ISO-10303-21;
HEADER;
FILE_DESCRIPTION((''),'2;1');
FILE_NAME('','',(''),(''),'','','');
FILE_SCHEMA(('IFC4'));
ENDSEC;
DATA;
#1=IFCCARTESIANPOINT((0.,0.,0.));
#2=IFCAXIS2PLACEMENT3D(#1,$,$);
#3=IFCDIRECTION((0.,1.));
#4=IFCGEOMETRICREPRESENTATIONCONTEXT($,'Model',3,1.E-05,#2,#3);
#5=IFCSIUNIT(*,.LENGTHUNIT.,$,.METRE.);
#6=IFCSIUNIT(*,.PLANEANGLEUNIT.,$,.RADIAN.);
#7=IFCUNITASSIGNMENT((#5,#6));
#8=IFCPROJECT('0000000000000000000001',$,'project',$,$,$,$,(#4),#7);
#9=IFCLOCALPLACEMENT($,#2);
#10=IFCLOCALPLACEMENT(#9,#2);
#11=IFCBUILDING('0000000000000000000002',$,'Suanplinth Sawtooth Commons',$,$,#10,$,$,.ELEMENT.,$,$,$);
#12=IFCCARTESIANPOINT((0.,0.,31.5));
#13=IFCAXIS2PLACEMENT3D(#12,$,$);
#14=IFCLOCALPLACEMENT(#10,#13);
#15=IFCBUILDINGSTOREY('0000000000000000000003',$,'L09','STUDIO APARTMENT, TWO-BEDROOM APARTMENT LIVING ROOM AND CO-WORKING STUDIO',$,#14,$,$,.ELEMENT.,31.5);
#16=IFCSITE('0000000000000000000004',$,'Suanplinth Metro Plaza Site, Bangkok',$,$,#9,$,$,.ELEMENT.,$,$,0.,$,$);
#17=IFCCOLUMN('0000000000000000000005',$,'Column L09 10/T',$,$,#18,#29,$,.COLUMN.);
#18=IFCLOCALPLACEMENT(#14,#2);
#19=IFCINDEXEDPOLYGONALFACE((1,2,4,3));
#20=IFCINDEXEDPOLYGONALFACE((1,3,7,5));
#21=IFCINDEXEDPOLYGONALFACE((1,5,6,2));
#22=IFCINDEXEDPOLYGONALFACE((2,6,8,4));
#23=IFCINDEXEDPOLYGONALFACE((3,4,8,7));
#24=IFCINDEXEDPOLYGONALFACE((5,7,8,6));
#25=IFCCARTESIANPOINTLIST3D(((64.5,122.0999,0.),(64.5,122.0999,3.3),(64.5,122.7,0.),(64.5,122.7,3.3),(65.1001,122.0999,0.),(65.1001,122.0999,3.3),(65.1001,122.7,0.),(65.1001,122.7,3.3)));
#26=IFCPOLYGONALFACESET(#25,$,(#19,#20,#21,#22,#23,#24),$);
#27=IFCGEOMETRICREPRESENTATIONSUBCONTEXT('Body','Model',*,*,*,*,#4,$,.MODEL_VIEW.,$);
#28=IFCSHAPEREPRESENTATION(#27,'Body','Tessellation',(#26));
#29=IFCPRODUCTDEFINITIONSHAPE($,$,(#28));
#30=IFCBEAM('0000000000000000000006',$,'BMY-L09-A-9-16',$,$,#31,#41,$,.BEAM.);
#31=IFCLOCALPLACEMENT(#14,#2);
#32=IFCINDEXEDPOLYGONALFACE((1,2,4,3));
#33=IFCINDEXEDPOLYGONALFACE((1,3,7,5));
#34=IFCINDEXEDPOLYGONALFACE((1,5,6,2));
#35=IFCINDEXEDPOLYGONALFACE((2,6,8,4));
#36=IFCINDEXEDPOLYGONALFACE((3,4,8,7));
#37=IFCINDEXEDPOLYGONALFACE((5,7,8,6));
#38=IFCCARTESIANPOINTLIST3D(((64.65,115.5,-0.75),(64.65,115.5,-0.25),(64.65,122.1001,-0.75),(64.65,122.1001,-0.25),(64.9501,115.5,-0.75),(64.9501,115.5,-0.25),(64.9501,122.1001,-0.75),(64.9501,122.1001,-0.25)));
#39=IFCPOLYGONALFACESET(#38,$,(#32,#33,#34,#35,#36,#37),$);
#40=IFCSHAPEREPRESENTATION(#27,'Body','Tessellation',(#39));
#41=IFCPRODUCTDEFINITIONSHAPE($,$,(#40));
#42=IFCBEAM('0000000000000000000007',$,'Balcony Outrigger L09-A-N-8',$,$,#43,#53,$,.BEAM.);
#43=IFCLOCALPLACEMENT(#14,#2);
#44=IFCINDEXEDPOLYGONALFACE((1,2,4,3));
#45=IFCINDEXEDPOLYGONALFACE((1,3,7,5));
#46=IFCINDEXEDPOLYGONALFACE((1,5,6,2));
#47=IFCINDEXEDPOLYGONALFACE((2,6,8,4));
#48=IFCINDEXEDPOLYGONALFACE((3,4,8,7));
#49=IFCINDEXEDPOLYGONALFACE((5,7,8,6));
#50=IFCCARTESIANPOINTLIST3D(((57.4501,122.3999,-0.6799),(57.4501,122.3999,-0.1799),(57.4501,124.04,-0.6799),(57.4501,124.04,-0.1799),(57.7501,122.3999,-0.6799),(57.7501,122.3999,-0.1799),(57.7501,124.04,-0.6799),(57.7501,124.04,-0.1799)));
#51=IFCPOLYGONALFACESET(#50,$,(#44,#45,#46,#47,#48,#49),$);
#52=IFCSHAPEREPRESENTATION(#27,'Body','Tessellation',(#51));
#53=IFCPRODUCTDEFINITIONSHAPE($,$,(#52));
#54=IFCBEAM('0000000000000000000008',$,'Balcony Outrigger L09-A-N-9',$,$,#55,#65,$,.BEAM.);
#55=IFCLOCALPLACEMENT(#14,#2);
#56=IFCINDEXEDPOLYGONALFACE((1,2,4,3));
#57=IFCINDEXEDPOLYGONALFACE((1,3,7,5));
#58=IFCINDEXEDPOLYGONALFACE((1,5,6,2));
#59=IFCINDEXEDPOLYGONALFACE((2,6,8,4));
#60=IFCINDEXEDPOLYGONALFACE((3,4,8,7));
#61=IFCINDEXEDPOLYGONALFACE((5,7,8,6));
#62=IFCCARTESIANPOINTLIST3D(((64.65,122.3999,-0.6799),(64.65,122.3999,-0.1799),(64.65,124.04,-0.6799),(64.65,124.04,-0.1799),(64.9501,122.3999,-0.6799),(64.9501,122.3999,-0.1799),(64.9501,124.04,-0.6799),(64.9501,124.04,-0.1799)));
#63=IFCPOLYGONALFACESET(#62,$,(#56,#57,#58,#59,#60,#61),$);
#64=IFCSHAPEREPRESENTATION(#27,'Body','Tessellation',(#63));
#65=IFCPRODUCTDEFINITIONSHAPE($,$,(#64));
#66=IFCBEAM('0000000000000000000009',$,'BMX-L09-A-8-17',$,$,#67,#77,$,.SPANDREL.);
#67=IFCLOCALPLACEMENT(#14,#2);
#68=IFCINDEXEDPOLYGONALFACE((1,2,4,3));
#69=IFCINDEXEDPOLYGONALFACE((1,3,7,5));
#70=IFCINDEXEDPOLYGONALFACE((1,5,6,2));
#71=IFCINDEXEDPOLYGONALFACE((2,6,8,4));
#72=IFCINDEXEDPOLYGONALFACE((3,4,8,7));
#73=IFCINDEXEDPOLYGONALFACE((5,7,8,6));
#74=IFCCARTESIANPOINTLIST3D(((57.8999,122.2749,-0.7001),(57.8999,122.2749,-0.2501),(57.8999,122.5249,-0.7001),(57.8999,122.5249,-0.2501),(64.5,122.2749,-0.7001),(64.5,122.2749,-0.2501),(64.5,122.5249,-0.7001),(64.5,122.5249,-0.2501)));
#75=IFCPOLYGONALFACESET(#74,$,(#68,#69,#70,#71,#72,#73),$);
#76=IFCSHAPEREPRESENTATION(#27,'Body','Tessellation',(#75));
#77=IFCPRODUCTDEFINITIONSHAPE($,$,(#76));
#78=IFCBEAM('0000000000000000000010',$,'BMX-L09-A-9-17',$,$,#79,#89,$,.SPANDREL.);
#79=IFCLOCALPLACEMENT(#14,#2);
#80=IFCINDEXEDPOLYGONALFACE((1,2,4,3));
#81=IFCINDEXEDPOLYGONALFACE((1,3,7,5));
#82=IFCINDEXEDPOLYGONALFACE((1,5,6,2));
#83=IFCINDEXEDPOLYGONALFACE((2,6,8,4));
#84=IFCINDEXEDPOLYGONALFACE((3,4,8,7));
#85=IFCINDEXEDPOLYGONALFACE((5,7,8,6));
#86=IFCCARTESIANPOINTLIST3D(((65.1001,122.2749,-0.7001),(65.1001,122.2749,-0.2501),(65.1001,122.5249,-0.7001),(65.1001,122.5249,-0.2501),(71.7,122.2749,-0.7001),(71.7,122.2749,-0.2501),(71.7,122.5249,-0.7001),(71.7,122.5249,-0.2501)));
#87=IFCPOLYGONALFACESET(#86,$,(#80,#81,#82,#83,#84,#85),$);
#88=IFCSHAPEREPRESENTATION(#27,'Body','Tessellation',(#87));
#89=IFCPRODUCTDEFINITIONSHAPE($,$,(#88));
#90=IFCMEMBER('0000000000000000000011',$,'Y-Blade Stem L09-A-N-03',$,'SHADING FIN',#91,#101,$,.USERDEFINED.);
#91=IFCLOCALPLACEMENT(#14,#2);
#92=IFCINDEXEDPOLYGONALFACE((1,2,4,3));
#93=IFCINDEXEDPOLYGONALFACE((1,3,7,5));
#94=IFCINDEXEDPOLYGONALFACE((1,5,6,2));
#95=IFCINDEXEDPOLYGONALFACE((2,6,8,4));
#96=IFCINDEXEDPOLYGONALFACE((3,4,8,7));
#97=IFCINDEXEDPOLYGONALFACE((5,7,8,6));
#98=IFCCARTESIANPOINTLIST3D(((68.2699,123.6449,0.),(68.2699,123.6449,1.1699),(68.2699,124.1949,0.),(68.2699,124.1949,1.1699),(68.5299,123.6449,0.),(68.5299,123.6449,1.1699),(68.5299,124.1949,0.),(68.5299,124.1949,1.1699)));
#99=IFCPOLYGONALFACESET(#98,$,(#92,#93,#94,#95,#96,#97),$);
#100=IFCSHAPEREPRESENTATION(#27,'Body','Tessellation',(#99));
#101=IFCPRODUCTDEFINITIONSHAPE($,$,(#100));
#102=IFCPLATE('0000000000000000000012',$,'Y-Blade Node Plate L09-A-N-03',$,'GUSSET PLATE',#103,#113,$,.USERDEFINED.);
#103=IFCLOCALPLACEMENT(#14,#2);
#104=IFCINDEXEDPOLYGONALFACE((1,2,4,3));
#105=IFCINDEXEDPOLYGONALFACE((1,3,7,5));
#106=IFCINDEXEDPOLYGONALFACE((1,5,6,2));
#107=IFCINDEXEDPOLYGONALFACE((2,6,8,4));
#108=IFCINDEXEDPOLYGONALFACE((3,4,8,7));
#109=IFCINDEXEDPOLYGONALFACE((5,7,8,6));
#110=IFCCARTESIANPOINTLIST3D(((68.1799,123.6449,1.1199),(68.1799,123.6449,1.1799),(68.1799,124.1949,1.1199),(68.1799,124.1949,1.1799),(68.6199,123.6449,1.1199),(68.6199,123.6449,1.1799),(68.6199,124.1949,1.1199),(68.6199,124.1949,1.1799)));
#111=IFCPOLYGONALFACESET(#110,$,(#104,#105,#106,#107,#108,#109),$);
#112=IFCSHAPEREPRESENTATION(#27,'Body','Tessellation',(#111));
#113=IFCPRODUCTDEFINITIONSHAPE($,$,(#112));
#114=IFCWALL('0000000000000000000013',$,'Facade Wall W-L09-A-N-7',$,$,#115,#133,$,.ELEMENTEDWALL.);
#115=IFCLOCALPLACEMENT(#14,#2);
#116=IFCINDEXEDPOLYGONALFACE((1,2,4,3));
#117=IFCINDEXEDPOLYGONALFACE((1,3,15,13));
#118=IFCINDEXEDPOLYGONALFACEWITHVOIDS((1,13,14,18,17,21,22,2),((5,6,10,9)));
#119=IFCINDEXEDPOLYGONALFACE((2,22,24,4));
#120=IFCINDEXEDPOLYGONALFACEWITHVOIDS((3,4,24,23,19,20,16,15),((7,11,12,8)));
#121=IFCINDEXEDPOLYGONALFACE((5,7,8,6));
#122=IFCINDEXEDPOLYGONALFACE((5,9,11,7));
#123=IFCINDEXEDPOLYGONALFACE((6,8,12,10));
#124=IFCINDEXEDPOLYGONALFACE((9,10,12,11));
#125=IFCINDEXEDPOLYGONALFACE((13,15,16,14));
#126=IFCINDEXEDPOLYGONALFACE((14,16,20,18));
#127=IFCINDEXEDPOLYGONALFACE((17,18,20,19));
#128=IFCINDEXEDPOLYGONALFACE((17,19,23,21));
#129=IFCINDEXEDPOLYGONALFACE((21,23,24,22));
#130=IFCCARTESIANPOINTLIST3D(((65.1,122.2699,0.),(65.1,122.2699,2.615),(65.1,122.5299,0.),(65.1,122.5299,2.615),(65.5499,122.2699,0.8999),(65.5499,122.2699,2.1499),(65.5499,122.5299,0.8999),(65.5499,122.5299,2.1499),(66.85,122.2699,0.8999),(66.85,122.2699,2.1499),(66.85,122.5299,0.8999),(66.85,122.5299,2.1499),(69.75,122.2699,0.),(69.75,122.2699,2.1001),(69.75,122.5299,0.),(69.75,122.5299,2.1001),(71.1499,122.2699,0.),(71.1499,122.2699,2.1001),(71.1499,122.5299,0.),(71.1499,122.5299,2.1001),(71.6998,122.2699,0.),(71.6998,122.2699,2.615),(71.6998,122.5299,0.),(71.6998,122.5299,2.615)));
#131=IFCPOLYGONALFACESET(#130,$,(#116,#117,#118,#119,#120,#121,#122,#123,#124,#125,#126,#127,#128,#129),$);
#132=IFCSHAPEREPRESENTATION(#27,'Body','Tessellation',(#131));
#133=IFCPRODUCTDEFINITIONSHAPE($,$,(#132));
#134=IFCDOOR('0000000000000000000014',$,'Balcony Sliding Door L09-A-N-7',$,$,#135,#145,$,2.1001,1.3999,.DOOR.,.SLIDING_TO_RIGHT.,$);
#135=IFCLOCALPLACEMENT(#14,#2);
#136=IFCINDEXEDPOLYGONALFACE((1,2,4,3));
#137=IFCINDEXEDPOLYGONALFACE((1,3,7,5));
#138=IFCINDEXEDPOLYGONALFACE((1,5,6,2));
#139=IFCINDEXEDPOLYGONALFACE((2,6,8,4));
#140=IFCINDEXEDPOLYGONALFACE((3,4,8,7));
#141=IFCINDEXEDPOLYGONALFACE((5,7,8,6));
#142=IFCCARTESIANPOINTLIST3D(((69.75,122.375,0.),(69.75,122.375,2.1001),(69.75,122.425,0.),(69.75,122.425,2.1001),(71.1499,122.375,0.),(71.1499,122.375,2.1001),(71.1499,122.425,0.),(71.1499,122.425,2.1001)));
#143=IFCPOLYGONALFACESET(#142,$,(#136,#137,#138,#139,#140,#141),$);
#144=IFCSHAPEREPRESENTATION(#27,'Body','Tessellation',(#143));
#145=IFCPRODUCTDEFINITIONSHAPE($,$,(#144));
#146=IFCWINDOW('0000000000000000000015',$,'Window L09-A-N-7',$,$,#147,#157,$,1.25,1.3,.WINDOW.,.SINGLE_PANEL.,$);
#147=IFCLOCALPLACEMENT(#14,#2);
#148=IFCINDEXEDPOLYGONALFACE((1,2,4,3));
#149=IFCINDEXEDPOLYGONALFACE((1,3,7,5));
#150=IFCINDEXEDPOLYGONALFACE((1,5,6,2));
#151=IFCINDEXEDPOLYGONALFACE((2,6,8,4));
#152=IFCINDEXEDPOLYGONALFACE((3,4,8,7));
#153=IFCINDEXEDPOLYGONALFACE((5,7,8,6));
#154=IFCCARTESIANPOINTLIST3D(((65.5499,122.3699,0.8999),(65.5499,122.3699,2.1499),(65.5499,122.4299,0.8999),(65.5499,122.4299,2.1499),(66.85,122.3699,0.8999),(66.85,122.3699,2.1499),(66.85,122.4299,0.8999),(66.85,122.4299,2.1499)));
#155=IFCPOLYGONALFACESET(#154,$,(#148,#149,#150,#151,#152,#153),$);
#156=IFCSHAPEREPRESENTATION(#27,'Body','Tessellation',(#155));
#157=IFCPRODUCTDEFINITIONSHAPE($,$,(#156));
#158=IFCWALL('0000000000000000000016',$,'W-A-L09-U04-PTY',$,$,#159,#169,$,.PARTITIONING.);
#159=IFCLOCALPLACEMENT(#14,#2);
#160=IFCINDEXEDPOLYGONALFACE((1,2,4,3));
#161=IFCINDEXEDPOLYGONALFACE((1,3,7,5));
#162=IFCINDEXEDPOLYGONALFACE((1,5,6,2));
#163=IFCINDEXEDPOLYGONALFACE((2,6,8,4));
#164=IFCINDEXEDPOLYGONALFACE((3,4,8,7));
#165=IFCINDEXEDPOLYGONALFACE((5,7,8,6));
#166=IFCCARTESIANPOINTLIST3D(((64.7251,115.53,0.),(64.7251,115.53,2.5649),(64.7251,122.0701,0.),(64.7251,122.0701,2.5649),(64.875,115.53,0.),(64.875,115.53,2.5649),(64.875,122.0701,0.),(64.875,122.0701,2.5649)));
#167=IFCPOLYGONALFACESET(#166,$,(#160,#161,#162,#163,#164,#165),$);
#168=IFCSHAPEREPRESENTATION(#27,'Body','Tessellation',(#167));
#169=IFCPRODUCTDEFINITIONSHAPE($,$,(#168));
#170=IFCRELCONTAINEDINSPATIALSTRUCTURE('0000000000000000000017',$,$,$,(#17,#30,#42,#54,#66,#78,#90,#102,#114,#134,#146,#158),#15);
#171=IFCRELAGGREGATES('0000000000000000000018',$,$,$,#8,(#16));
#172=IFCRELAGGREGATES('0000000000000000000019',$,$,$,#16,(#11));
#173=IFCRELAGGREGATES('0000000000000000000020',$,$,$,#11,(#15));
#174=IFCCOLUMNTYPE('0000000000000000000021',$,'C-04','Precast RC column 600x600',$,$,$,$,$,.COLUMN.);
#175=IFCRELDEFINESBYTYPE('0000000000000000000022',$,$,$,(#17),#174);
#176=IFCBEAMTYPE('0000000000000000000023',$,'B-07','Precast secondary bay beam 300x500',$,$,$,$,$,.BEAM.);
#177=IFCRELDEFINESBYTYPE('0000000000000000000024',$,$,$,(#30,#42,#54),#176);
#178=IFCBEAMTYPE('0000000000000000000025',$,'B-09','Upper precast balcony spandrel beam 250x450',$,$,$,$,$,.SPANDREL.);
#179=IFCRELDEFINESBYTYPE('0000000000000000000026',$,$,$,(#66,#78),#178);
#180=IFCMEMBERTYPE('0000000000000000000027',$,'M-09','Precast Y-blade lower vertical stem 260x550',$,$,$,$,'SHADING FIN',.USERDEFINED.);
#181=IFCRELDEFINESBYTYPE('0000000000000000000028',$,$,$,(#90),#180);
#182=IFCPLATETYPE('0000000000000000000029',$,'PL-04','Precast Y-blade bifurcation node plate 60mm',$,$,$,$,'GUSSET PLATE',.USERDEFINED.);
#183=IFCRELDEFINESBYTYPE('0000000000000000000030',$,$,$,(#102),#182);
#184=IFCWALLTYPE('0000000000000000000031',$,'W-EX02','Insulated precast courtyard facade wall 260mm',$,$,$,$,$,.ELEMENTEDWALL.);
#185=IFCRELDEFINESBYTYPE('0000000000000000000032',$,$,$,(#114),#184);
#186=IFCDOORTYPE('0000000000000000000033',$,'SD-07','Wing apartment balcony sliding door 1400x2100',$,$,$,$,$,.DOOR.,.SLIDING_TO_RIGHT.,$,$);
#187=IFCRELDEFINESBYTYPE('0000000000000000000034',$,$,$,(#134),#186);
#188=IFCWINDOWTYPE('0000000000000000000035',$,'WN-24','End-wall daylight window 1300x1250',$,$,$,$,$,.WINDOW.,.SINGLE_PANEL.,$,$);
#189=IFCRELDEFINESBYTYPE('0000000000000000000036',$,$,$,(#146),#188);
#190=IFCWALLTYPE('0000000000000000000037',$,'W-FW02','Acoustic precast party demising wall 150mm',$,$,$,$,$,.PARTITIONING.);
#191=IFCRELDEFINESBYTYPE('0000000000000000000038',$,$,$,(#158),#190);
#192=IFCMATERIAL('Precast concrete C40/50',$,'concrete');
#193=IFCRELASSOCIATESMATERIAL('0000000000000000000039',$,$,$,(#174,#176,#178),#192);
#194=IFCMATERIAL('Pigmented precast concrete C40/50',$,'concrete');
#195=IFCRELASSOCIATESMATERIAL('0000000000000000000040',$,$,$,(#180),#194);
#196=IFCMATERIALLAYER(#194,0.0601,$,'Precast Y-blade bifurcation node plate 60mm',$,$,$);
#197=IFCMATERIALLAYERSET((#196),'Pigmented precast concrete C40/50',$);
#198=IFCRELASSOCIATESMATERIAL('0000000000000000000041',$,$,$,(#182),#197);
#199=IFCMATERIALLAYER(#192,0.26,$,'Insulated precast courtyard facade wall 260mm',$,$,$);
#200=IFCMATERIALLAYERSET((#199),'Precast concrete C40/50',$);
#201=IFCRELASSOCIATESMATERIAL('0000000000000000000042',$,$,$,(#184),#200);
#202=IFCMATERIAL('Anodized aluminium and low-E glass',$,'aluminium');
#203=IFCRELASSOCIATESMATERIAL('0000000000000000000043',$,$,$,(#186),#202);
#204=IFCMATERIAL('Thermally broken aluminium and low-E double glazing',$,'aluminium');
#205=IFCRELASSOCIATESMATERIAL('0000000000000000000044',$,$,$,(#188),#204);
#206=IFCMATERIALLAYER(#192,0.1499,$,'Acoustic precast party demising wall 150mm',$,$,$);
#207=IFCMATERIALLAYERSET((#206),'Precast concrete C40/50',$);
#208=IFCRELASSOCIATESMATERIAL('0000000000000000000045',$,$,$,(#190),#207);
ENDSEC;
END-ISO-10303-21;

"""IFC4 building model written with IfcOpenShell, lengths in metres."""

from ifc_helpers import new_model, si_unit, direction, frame, frame_2d, origin, origin_2d, place, context, subcontext, project, spatial, rectangle, extrude, material, layer, layer_set, material_profile, profile_set, type_object, element, fill, save


model = new_model("IFC4")

# Units and contexts
model_context = context("Model", 3, precision=1e-05, world=origin(), true_north=direction((0.0, 1.0)))
body_context = subcontext(model_context, "Body", "Model", "MODEL_VIEW")
ifc_project = project(units=[si_unit("LENGTHUNIT", "METRE"), si_unit("PLANEANGLEUNIT", "RADIAN")], contexts=[model_context])

# Site, building, storey
site_placement = place(None, origin())
site = spatial("IfcSite", under=ifc_project, at=site_placement, Name="Suanplinth Metro Plaza Site, Bangkok", CompositionType="ELEMENT", RefElevation=0.0)
building_placement = place(site_placement, origin())
building = spatial("IfcBuilding", under=site, at=building_placement, Name="Suanplinth Sawtooth Commons", CompositionType="ELEMENT")
storey_placement = place(building_placement, frame((0.0, 0.0, 31.5)))
storey = spatial("IfcBuildingStorey", under=building, at=storey_placement, Name="L09", Description="STUDIO APARTMENT, TWO-BEDROOM APARTMENT LIVING ROOM AND CO-WORKING STUDIO", CompositionType="ELEMENT", Elevation=31.5)

# Column
ifc_material_1 = material(Name="Precast concrete C40/50", Category="concrete")
ifc_material_profile_1 = material_profile(ifc_material_1, rectangle(XDim=0.6001, YDim=0.6001, at=origin_2d()), Name="PC-COL 600x600")
ifc_profile_set_1 = profile_set([ifc_material_profile_1], Name="Precast concrete C40/50")
column_type = type_object("IfcColumnType", Name="C-04", Description="Precast RC column 600x600", PredefinedType="COLUMN", material=ifc_profile_set_1)
column_placement = place(storey_placement, frame((64.8, 122.3999, 0.0), z_axis=(0.0, 0.0, 1.0), x_axis=(1.0, 0.0, 0.0)))
element("IfcColumn", 1, at=column_placement, inside=storey, type_object=column_type, Name="Column L09 10/T", PredefinedType="COLUMN", context=body_context, shape_type="SweptSolid", body=[
    extrude(rectangle(XDim=0.6001, YDim=0.6001, at=origin_2d()), origin(), (0.0, 0.0, 1.0), 3.3),
])

# Beams
ifc_material_profile_2 = material_profile(ifc_material_1, rectangle(XDim=0.3, YDim=0.5, at=origin_2d()), Name="PC-BM 300x500")
ifc_profile_set_2 = profile_set([ifc_material_profile_2], Name="Precast concrete C40/50")
beam_type_1 = type_object("IfcBeamType", Name="B-07", Description="Precast secondary bay beam 300x500", PredefinedType="BEAM", material=ifc_profile_set_2)
beam_1_placement = place(storey_placement, frame((64.8, 115.5, -0.5), z_axis=(0.0, 1.0, 0.0), x_axis=(-1.0, 0.0, 0.0)))
element("IfcBeam", 2, at=beam_1_placement, inside=storey, type_object=beam_type_1, Name="BMY-L09-A-9-16", PredefinedType="BEAM", context=body_context, shape_type="SweptSolid", body=[
    extrude(rectangle(XDim=0.3, YDim=0.5, at=origin_2d()), origin(), (0.0, 0.0, 1.0), 6.6001),
])
for number, where, z_axis, x_axis, name in (
    (3, (57.6001, 122.3999, -0.4299), (0.0, 1.0, 0.0), (-1.0, 0.0, 0.0), "Balcony Outrigger L09-A-N-8"),
    (4, (64.8, 122.3999, -0.4299), (0.0, 1.0, 0.0), (-1.0, 0.0, 0.0), "Balcony Outrigger L09-A-N-9"),
):
    element("IfcBeam", number, at=place(storey_placement, frame(where, z_axis=z_axis, x_axis=x_axis)), inside=storey, type_object=beam_type_1, Name=name, PredefinedType="BEAM", context=body_context, shape_type="SweptSolid", body=[
        extrude(rectangle(XDim=0.3, YDim=0.5, at=origin_2d()), origin(), (0.0, 0.0, 1.0), 1.6401),
    ])
ifc_material_profile_3 = material_profile(ifc_material_1, rectangle(XDim=0.25, YDim=0.45, at=origin_2d()), Name="PC-SP 250x450")
ifc_profile_set_3 = profile_set([ifc_material_profile_3], Name="Precast concrete C40/50")
beam_type_2 = type_object("IfcBeamType", Name="B-09", Description="Upper precast balcony spandrel beam 250x450", PredefinedType="SPANDREL", material=ifc_profile_set_3)
beam_2_placement = place(storey_placement, frame((57.8999, 122.3999, -0.4751), z_axis=(1.0, 0.0, 0.0), x_axis=(0.0, 1.0, 0.0)))
element("IfcBeam", 5, at=beam_2_placement, inside=storey, type_object=beam_type_2, Name="BMX-L09-A-8-17", PredefinedType="SPANDREL", context=body_context, shape_type="SweptSolid", body=[
    extrude(rectangle(XDim=0.25, YDim=0.45, at=origin_2d()), origin(), (0.0, 0.0, 1.0), 6.6001),
])
beam_3_placement = place(storey_placement, frame((65.1001, 122.3999, -0.4751), z_axis=(1.0, 0.0, 0.0), x_axis=(0.0, 1.0, 0.0)))
element("IfcBeam", 6, at=beam_3_placement, inside=storey, type_object=beam_type_2, Name="BMX-L09-A-9-17", PredefinedType="SPANDREL", context=body_context, shape_type="SweptSolid", body=[
    extrude(rectangle(XDim=0.25, YDim=0.45, at=origin_2d()), origin(), (0.0, 0.0, 1.0), 6.5999),
])

# Member
ifc_material_2 = material(Name="Pigmented precast concrete C40/50", Category="concrete")
ifc_material_profile_4 = material_profile(ifc_material_2, rectangle(XDim=0.26, YDim=0.55, at=origin_2d()), Name="PC-FIN 260x550")
ifc_profile_set_4 = profile_set([ifc_material_profile_4], Name="Pigmented precast concrete C40/50")
member_type = type_object("IfcMemberType", Name="M-09", Description="Precast Y-blade lower vertical stem 260x550", ElementType="SHADING FIN", PredefinedType="USERDEFINED", material=ifc_profile_set_4)
member_placement = place(storey_placement, frame((68.3999, 123.9199, 0.0), z_axis=(0.0, 0.0, 1.0), x_axis=(1.0, 0.0, 0.0)))
element("IfcMember", 7, at=member_placement, inside=storey, type_object=member_type, Name="Y-Blade Stem L09-A-N-03", ObjectType="SHADING FIN", PredefinedType="USERDEFINED", context=body_context, shape_type="SweptSolid", body=[
    extrude(rectangle(XDim=0.26, YDim=0.55, at=origin_2d()), origin(), (0.0, 0.0, 1.0), 1.1699),
])

# Plate
ifc_layer_1 = layer(ifc_material_2, 0.0601, Name="Precast Y-blade bifurcation node plate 60mm")
ifc_layer_set_1 = layer_set([ifc_layer_1], Name="Pigmented precast concrete C40/50")
plate_type = type_object("IfcPlateType", Name="PL-04", Description="Precast Y-blade bifurcation node plate 60mm", ElementType="GUSSET PLATE", PredefinedType="USERDEFINED", material=ifc_layer_set_1)
plate_placement = place(storey_placement, frame((68.3999, 123.9199, 1.1199), z_axis=(0.0, 0.0, 1.0), x_axis=(1.0, 0.0, 0.0)))
element("IfcPlate", 8, at=plate_placement, inside=storey, type_object=plate_type, Name="Y-Blade Node Plate L09-A-N-03", ObjectType="GUSSET PLATE", PredefinedType="USERDEFINED", context=body_context, shape_type="SweptSolid", body=[
    extrude(rectangle(XDim=0.4399, YDim=0.55, at=origin_2d()), origin(), (0.0, 0.0, 1.0), 0.0601),
])

# Wall, openings, door, window
ifc_layer_2 = layer(ifc_material_1, 0.26, Name="Insulated precast courtyard facade wall 260mm")
ifc_layer_set_2 = layer_set([ifc_layer_2], Name="Precast concrete C40/50")
wall_type_1 = type_object("IfcWallType", Name="W-EX02", Description="Insulated precast courtyard facade wall 260mm", PredefinedType="ELEMENTEDWALL", material=ifc_layer_set_2)
ifc_material_3 = material(Name="Anodized aluminium and low-E glass", Category="aluminium")
ifc_material_4 = material(Name="Thermally broken aluminium and low-E double glazing", Category="aluminium")
wall_1_placement = place(storey_placement, frame((65.1001, 122.3999, 0.0), z_axis=(0.0, 0.0, 1.0), x_axis=(1.0, 0.0, 0.0)))
wall_1 = element("IfcWall", 9, at=wall_1_placement, inside=storey, type_object=wall_type_1, Name="Facade Wall W-L09-A-N-7", PredefinedType="ELEMENTEDWALL", context=body_context, shape_type="SweptSolid", body=[
    extrude(rectangle(XDim=6.5999, YDim=0.26, at=frame_2d((3.2998, 0.0))), origin(), (0.0, 0.0, 1.0), 2.615),
])
opening_1_placement = place(wall_1_placement, frame((4.6499, 0.0, 0.0)))
opening_1 = element("IfcOpeningElement", 10, at=opening_1_placement, cuts=wall_1, PredefinedType="OPENING", context=body_context, shape_type="SweptSolid", body=[
    extrude(rectangle(XDim=1.3999, YDim=2.1001, at=frame_2d((0.7, 1.05))), frame((0.0, 0.145, 0.0), z_axis=(0.0, -1.0, 0.0), x_axis=(1.0, 0.0, 0.0)), (0.0, 0.0, 1.0), 0.2898),
])
opening_2_placement = place(wall_1_placement, frame((0.45, 0.0, 0.8999)))
opening_2 = element("IfcOpeningElement", 11, at=opening_2_placement, cuts=wall_1, PredefinedType="OPENING", context=body_context, shape_type="SweptSolid", body=[
    extrude(rectangle(XDim=1.3, YDim=1.25, at=frame_2d((0.6499, 0.625))), frame((0.0, 0.145, 0.0), z_axis=(0.0, -1.0, 0.0), x_axis=(1.0, 0.0, 0.0)), (0.0, 0.0, 1.0), 0.2898),
])
door_type_1 = type_object("IfcDoorType", Name="SD-07", Description="Wing apartment balcony sliding door 1400x2100", OperationType="SLIDING_TO_RIGHT", PredefinedType="DOOR", material=ifc_material_3)
door_1_placement = place(opening_1_placement, frame((1.3999, 0.0, 0.0), z_axis=(0.0, 0.0, 1.0), x_axis=(-1.0, 0.0, 0.0)))
door_1 = element("IfcDoor", 12, at=door_1_placement, inside=storey, type_object=door_type_1, Name="Balcony Sliding Door L09-A-N-7", OperationType="SLIDING_TO_RIGHT", OverallHeight=2.1001, OverallWidth=1.3999, PredefinedType="DOOR", context=body_context, shape_type="SweptSolid", body=[
    extrude(rectangle(XDim=1.3999, YDim=2.1001, at=frame_2d((0.7, 1.05))), frame((0.0, 0.0249, 0.0), z_axis=(0.0, -1.0, 0.0), x_axis=(1.0, 0.0, 0.0)), (0.0, 0.0, 1.0), 0.05),
])
fill(opening_1, door_1)
window_type_1 = type_object("IfcWindowType", Name="WN-24", Description="End-wall daylight window 1300x1250", PartitioningType="SINGLE_PANEL", PredefinedType="WINDOW", material=ifc_material_4)
window_1_placement = place(opening_2_placement, origin())
window_1 = element("IfcWindow", 13, at=window_1_placement, inside=storey, type_object=window_type_1, Name="Window L09-A-N-7", OverallHeight=1.25, OverallWidth=1.3, PartitioningType="SINGLE_PANEL", PredefinedType="WINDOW", context=body_context, shape_type="SweptSolid", body=[
    extrude(rectangle(XDim=1.3, YDim=1.25, at=frame_2d((0.6499, 0.625))), frame((0.0, 0.03, 0.0), z_axis=(0.0, -1.0, 0.0), x_axis=(1.0, 0.0, 0.0)), (0.0, 0.0, 1.0), 0.0601),
])
fill(opening_2, window_1)

# Wall
ifc_layer_3 = layer(ifc_material_1, 0.1499, Name="Acoustic precast party demising wall 150mm")
ifc_layer_set_3 = layer_set([ifc_layer_3], Name="Precast concrete C40/50")
wall_type_2 = type_object("IfcWallType", Name="W-FW02", Description="Acoustic precast party demising wall 150mm", PredefinedType="PARTITIONING", material=ifc_layer_set_3)
wall_2_placement = place(storey_placement, frame((64.8, 115.53, 0.0), z_axis=(0.0, 0.0, 1.0), x_axis=(0.0, 1.0, 0.0)))
element("IfcWall", 14, at=wall_2_placement, inside=storey, type_object=wall_type_2, Name="W-A-L09-U04-PTY", PredefinedType="PARTITIONING", context=body_context, shape_type="SweptSolid", body=[
    extrude(rectangle(XDim=6.54, YDim=0.1499, at=frame_2d((3.27, 0.0))), origin(), (0.0, 0.0, 1.0), 2.5649),
])

save(model, "model.ifc")
